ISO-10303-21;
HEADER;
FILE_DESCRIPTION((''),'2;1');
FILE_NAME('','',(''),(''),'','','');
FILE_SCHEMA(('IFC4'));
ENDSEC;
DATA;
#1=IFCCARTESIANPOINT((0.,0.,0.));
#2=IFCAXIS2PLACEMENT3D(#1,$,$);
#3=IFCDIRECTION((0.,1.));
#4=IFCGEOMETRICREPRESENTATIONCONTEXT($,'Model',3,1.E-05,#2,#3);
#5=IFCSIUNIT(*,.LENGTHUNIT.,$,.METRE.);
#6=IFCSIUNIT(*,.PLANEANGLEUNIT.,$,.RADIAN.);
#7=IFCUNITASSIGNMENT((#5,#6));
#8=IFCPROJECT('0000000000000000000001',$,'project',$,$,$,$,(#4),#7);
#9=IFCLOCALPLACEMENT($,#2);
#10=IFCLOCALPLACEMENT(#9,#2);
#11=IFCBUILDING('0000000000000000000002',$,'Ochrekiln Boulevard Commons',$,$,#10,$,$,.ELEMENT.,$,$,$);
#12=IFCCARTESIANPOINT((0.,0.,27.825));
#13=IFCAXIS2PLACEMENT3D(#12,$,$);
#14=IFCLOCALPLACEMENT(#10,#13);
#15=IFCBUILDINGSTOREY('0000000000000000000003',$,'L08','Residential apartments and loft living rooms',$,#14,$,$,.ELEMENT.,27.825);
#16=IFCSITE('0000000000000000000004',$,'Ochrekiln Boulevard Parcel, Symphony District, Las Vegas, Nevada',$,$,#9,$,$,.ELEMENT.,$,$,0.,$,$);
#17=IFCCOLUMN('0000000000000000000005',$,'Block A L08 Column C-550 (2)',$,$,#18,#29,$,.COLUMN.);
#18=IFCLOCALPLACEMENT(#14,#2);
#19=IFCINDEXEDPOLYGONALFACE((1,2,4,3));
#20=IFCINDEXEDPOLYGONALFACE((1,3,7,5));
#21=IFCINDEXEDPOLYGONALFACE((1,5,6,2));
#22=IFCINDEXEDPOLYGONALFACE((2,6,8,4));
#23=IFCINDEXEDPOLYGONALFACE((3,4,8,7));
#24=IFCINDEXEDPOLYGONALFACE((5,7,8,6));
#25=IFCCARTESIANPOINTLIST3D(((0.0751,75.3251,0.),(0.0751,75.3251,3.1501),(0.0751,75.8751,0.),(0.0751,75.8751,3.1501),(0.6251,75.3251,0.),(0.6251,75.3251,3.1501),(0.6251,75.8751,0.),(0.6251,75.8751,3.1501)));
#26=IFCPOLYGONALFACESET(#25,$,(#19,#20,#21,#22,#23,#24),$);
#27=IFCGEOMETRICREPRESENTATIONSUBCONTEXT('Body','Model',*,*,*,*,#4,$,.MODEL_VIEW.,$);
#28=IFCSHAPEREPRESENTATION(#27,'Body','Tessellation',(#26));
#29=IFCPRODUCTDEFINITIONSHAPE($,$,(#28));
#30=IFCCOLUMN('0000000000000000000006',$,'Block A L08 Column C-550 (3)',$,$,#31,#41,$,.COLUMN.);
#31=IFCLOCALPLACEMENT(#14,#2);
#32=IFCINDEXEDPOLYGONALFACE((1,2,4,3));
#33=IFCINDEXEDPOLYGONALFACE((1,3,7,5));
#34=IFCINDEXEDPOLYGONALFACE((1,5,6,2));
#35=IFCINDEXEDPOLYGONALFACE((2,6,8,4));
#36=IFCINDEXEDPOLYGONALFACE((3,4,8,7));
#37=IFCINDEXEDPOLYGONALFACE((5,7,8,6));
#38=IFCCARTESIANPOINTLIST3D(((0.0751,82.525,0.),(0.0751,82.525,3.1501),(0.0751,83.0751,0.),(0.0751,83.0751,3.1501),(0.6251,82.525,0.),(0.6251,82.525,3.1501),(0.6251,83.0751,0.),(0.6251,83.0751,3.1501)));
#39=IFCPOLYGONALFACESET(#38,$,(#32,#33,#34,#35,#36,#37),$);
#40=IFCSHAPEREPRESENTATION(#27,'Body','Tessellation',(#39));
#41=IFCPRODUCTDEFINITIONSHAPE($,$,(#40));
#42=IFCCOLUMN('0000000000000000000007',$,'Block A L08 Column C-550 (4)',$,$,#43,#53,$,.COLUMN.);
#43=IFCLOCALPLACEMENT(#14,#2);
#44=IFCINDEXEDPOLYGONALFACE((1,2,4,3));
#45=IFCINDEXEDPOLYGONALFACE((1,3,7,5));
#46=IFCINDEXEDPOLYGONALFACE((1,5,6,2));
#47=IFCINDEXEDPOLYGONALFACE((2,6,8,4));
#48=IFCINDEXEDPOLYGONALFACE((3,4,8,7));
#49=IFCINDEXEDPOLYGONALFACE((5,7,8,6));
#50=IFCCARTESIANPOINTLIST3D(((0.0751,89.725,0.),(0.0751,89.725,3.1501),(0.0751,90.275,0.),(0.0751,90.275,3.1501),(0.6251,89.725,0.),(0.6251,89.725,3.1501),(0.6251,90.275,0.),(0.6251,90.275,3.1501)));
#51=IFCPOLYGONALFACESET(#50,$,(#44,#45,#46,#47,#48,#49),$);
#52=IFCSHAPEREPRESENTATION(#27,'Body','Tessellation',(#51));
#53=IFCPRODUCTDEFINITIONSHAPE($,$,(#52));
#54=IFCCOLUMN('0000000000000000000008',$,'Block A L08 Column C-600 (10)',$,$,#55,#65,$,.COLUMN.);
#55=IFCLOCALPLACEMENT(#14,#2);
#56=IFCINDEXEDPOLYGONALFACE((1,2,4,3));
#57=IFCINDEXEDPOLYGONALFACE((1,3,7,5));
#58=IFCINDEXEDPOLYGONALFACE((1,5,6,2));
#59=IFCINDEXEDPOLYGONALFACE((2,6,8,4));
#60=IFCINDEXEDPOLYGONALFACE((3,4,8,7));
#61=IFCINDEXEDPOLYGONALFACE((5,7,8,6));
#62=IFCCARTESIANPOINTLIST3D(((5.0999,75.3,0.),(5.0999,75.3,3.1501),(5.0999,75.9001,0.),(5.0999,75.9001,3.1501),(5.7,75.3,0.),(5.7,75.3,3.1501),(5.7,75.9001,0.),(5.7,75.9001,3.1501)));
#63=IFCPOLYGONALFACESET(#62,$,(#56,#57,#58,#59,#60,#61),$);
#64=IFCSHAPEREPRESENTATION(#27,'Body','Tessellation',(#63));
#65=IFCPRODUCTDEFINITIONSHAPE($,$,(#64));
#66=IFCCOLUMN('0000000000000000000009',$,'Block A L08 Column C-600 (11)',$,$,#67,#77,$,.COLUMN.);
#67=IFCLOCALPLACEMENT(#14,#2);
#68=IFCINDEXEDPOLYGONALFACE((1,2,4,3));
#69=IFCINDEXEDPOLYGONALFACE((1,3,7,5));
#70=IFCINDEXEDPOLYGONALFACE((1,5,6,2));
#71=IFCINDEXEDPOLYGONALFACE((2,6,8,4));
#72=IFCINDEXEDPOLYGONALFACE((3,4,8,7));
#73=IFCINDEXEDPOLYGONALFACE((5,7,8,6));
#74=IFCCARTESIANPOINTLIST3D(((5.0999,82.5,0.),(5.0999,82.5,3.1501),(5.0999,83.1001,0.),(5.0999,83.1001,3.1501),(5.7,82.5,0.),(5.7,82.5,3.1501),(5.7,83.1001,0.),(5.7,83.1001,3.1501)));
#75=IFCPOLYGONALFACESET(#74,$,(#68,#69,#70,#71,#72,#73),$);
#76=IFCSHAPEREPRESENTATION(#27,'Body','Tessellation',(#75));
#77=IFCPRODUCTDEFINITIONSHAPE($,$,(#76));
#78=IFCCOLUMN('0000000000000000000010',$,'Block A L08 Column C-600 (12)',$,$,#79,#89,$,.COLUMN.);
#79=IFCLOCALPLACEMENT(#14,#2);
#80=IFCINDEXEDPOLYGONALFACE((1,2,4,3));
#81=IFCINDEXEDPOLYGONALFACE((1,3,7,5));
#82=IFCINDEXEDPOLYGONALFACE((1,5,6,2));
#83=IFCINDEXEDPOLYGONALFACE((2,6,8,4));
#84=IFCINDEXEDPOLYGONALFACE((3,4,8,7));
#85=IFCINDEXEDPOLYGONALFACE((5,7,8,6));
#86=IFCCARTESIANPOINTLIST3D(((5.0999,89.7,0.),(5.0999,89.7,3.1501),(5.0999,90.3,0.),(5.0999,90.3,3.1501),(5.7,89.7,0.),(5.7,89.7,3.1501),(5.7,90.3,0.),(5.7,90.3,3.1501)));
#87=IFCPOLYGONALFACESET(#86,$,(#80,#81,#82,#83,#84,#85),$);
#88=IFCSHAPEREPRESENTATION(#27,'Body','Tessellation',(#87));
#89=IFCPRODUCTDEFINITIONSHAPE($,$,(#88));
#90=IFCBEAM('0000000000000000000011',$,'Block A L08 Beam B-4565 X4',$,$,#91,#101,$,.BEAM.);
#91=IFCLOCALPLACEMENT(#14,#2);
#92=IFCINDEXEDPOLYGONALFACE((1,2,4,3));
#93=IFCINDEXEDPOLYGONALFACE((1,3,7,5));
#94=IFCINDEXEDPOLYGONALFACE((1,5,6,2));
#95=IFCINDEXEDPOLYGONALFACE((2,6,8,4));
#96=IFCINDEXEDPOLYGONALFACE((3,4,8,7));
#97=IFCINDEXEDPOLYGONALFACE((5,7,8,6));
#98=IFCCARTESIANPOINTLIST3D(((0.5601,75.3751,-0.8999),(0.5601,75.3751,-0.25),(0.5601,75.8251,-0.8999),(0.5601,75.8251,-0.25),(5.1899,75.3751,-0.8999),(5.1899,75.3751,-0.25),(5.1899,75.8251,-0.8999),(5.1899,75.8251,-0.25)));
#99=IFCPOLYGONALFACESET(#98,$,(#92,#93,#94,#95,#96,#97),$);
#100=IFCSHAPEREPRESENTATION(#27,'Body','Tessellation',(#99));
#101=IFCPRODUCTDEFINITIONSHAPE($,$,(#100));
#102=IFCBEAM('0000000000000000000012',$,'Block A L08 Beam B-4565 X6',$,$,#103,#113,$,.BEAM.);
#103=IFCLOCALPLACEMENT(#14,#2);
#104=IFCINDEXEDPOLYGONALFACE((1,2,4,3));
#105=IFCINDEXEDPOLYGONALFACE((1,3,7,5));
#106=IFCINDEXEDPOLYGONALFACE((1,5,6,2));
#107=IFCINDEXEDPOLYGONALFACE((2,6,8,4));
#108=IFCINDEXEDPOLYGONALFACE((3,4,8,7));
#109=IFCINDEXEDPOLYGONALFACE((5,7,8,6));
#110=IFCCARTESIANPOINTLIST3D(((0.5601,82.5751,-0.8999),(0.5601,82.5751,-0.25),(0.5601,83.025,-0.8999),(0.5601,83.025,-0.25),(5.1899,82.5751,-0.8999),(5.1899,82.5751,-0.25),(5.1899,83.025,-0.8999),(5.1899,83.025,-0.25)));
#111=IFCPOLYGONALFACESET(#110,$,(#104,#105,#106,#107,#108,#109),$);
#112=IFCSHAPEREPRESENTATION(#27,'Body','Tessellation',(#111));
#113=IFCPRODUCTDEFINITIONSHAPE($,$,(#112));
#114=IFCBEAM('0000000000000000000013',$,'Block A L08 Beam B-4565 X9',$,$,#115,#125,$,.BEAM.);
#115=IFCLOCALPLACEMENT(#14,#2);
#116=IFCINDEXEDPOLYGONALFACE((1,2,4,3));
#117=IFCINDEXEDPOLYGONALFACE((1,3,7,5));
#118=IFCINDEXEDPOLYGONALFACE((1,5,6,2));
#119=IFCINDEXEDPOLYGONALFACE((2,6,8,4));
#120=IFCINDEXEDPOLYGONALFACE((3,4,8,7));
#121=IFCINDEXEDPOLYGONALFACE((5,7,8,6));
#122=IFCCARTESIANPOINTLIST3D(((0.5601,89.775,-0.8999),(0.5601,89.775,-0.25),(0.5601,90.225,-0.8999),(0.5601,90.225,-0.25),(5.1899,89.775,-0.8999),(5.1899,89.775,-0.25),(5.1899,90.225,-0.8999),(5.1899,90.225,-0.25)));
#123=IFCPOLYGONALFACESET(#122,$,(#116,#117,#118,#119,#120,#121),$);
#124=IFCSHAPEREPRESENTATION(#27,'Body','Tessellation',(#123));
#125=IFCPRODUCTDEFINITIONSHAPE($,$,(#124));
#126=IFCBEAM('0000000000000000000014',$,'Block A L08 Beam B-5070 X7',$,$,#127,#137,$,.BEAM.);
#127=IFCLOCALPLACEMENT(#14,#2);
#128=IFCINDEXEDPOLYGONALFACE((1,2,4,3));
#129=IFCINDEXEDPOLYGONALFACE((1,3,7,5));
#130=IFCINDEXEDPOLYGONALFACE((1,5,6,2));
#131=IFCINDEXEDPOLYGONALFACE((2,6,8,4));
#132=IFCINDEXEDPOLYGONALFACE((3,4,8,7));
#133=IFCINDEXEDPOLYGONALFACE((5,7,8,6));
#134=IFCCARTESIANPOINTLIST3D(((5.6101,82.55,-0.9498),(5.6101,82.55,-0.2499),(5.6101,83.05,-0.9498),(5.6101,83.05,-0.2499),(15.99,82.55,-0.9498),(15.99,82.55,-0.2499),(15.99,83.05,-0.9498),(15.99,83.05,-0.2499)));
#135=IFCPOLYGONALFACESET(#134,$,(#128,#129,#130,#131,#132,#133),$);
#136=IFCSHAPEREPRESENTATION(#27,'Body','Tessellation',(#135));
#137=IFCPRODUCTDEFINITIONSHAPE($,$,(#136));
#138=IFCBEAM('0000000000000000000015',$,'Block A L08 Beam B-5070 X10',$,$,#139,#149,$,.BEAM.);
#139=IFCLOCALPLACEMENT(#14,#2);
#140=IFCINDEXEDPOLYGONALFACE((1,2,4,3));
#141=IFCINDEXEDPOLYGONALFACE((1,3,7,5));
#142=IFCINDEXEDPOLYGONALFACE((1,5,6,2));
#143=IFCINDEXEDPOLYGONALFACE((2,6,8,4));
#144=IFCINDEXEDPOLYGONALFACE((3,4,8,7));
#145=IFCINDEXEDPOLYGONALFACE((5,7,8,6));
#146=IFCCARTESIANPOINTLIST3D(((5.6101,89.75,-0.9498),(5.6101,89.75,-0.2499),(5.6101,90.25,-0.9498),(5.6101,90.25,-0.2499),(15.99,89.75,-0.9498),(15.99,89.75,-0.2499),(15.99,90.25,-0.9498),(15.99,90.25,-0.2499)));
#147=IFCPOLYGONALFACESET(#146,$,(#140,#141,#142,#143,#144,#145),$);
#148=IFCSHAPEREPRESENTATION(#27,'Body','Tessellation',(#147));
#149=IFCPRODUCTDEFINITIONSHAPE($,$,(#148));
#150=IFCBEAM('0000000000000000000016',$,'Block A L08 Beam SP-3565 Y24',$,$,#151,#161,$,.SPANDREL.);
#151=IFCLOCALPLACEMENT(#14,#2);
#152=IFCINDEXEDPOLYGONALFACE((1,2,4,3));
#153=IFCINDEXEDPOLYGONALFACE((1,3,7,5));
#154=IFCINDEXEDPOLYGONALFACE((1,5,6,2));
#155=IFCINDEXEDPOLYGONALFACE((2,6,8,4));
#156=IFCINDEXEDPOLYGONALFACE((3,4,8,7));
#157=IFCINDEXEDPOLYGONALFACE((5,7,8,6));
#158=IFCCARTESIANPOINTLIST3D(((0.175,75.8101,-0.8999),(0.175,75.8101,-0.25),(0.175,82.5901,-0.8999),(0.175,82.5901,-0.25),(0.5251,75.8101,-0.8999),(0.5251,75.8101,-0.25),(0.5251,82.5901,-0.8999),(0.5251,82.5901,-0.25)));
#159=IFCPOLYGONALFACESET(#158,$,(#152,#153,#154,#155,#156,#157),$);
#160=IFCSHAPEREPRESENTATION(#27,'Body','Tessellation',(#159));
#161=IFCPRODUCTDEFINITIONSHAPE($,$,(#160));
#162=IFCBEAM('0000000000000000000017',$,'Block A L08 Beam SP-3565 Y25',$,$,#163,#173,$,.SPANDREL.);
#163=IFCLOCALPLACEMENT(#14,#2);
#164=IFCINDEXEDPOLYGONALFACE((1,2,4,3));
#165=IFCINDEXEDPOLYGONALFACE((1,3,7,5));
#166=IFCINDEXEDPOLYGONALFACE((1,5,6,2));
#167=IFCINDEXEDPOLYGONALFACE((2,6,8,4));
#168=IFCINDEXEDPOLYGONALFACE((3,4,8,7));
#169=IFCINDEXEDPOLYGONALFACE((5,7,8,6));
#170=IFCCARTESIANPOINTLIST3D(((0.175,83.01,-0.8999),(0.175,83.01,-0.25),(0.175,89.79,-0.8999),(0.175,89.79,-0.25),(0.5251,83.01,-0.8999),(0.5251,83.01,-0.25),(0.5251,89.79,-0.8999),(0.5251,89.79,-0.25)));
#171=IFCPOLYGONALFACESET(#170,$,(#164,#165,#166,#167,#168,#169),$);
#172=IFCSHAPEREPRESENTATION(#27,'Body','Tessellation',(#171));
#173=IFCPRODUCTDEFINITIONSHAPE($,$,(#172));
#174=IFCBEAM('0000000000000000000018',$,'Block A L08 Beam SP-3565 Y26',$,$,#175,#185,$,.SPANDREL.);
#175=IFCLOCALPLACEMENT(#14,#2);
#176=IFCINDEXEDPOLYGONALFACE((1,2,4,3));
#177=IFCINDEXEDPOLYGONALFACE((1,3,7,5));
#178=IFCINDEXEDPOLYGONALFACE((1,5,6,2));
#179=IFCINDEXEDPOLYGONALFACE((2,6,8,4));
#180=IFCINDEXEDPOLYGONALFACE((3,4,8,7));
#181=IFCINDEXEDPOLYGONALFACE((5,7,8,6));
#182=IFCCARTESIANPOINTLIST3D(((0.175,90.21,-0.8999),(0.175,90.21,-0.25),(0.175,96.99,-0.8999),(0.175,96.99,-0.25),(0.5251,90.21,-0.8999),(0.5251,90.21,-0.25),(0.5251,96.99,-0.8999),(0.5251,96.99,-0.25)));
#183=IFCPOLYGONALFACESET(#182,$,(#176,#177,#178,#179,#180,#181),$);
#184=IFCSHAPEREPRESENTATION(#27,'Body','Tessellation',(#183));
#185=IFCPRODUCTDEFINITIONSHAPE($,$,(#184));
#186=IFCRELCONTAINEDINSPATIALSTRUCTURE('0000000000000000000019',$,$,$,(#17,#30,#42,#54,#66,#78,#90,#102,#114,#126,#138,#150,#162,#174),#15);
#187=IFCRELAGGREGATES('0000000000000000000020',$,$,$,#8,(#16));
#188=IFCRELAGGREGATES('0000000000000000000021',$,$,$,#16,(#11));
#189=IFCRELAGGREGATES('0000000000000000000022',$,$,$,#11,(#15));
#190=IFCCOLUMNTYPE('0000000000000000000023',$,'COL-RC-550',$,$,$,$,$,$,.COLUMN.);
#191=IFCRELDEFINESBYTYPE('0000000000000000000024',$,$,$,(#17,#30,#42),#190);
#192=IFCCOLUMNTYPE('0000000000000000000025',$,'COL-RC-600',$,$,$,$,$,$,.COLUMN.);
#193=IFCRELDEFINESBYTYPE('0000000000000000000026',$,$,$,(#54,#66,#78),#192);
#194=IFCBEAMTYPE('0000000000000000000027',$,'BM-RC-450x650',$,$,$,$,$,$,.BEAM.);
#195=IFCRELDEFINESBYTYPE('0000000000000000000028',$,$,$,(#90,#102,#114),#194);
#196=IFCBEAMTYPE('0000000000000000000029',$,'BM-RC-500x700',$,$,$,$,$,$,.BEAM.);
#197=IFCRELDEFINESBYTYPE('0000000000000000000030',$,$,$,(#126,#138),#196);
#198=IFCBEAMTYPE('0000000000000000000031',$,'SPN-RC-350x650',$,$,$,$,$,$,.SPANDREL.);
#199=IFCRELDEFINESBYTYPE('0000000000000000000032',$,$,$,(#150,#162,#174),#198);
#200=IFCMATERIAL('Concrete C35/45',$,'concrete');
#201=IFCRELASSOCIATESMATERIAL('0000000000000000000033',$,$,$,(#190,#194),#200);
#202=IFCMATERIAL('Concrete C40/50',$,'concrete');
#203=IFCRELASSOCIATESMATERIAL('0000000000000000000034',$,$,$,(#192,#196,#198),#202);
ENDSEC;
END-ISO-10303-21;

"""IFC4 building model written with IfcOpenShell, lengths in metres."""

from ifc_helpers import new_model, si_unit, direction, frame, origin, origin_2d, place, context, subcontext, project, spatial, rectangle, extrude, material, material_profile, profile_set, type_object, element, save


model = new_model("IFC4")

# Units and contexts
model_context = context("Model", 3, precision=1e-05, world=origin(), true_north=direction((0.0, 1.0)))
body_context = subcontext(model_context, "Body", "Model", "MODEL_VIEW")
ifc_project = project(units=[si_unit("LENGTHUNIT", "METRE"), si_unit("PLANEANGLEUNIT", "RADIAN")], contexts=[model_context])

# Site, building, storey
site_placement = place(None, origin())
site = spatial("IfcSite", under=ifc_project, at=site_placement, Name="Ochrekiln Boulevard Parcel, Symphony District, Las Vegas, Nevada", CompositionType="ELEMENT", RefElevation=0.0)
building_placement = place(site_placement, origin())
building = spatial("IfcBuilding", under=site, at=building_placement, Name="Ochrekiln Boulevard Commons", CompositionType="ELEMENT")
storey_placement = place(building_placement, frame((0.0, 0.0, 27.825)))
storey = spatial("IfcBuildingStorey", under=building, at=storey_placement, Name="L08", Description="Residential apartments and loft living rooms", CompositionType="ELEMENT", Elevation=27.825)

# Columns
ifc_material_1 = material(Name="Concrete C35/45", Category="concrete")
ifc_material_profile_1 = material_profile(ifc_material_1, rectangle(XDim=0.55, YDim=0.55, at=origin_2d()), Name="RC-COL-550x550")
ifc_profile_set_1 = profile_set([ifc_material_profile_1], Name="Concrete C35/45")
column_type_1 = type_object("IfcColumnType", Name="COL-RC-550", PredefinedType="COLUMN", material=ifc_profile_set_1)
for number, where, z_axis, x_axis, name in (
    (1, (0.3501, 75.6001, 0.0), (0.0, 0.0, 1.0), (1.0, 0.0, 0.0), "Block A L08 Column C-550 (2)"),
    (2, (0.3501, 82.8, 0.0), (0.0, 0.0, 1.0), (1.0, 0.0, 0.0), "Block A L08 Column C-550 (3)"),
    (3, (0.3501, 90.0, 0.0), (0.0, 0.0, 1.0), (1.0, 0.0, 0.0), "Block A L08 Column C-550 (4)"),
):
    element("IfcColumn", number, at=place(storey_placement, frame(where, z_axis=z_axis, x_axis=x_axis)), inside=storey, type_object=column_type_1, Name=name, PredefinedType="COLUMN", context=body_context, shape_type="SweptSolid", body=[
        extrude(rectangle(XDim=0.55, YDim=0.55, at=origin_2d()), origin(), (0.0, 0.0, 1.0), 3.1501),
    ])
ifc_material_2 = material(Name="Concrete C40/50", Category="concrete")
ifc_material_profile_2 = material_profile(ifc_material_2, rectangle(XDim=0.6001, YDim=0.6001, at=origin_2d()), Name="RC-COL-600x600")
ifc_profile_set_2 = profile_set([ifc_material_profile_2], Name="Concrete C40/50")
column_type_2 = type_object("IfcColumnType", Name="COL-RC-600", PredefinedType="COLUMN", material=ifc_profile_set_2)
for number, where, z_axis, x_axis, name in (
    (4, (5.3999, 75.6001, 0.0), (0.0, 0.0, 1.0), (1.0, 0.0, 0.0), "Block A L08 Column C-600 (10)"),
    (5, (5.3999, 82.8, 0.0), (0.0, 0.0, 1.0), (1.0, 0.0, 0.0), "Block A L08 Column C-600 (11)"),
    (6, (5.3999, 90.0, 0.0), (0.0, 0.0, 1.0), (1.0, 0.0, 0.0), "Block A L08 Column C-600 (12)"),
):
    element("IfcColumn", number, at=place(storey_placement, frame(where, z_axis=z_axis, x_axis=x_axis)), inside=storey, type_object=column_type_2, Name=name, PredefinedType="COLUMN", context=body_context, shape_type="SweptSolid", body=[
        extrude(rectangle(XDim=0.6001, YDim=0.6001, at=origin_2d()), origin(), (0.0, 0.0, 1.0), 3.1501),
    ])

# Beams
ifc_material_profile_3 = material_profile(ifc_material_1, rectangle(XDim=0.45, YDim=0.6499, at=origin_2d()), Name="RC-BM-450x650")
ifc_profile_set_3 = profile_set([ifc_material_profile_3], Name="Concrete C35/45")
beam_type_1 = type_object("IfcBeamType", Name="BM-RC-450x650", PredefinedType="BEAM", material=ifc_profile_set_3)
for number, where, z_axis, x_axis, name in (
    (7, (0.5601, 75.6001, -0.575), (1.0, 0.0, 0.0), (0.0, 1.0, 0.0), "Block A L08 Beam B-4565 X4"),
    (8, (0.5601, 82.8, -0.575), (1.0, 0.0, 0.0), (0.0, 1.0, 0.0), "Block A L08 Beam B-4565 X6"),
    (9, (0.5601, 90.0, -0.575), (1.0, 0.0, 0.0), (0.0, 1.0, 0.0), "Block A L08 Beam B-4565 X9"),
):
    element("IfcBeam", number, at=place(storey_placement, frame(where, z_axis=z_axis, x_axis=x_axis)), inside=storey, type_object=beam_type_1, Name=name, PredefinedType="BEAM", context=body_context, shape_type="SweptSolid", body=[
        extrude(rectangle(XDim=0.45, YDim=0.6499, at=origin_2d()), origin(), (0.0, 0.0, 1.0), 4.6299),
    ])
ifc_material_profile_4 = material_profile(ifc_material_2, rectangle(XDim=0.5, YDim=0.7, at=origin_2d()), Name="RC-BM-500x700")
ifc_profile_set_4 = profile_set([ifc_material_profile_4], Name="Concrete C40/50")
beam_type_2 = type_object("IfcBeamType", Name="BM-RC-500x700", PredefinedType="BEAM", material=ifc_profile_set_4)
for number, where, z_axis, x_axis, name in (
    (10, (5.6101, 82.8, -0.5999), (1.0, 0.0, 0.0), (0.0, 1.0, 0.0), "Block A L08 Beam B-5070 X7"),
    (11, (5.6101, 90.0, -0.5999), (1.0, 0.0, 0.0), (0.0, 1.0, 0.0), "Block A L08 Beam B-5070 X10"),
):
    element("IfcBeam", number, at=place(storey_placement, frame(where, z_axis=z_axis, x_axis=x_axis)), inside=storey, type_object=beam_type_2, Name=name, PredefinedType="BEAM", context=body_context, shape_type="SweptSolid", body=[
        extrude(rectangle(XDim=0.5, YDim=0.7, at=origin_2d()), origin(), (0.0, 0.0, 1.0), 10.3799),
    ])
ifc_material_profile_5 = material_profile(ifc_material_2, rectangle(XDim=0.3501, YDim=0.6499, at=origin_2d()), Name="RC-SPN-350x650")
ifc_profile_set_5 = profile_set([ifc_material_profile_5], Name="Concrete C40/50")
beam_type_3 = type_object("IfcBeamType", Name="SPN-RC-350x650", PredefinedType="SPANDREL", material=ifc_profile_set_5)
for number, where, z_axis, x_axis, name in (
    (12, (0.3501, 75.8101, -0.575), (0.0, 1.0, 0.0), (-1.0, 0.0, 0.0), "Block A L08 Beam SP-3565 Y24"),
    (13, (0.3501, 83.01, -0.575), (0.0, 1.0, 0.0), (-1.0, 0.0, 0.0), "Block A L08 Beam SP-3565 Y25"),
    (14, (0.3501, 90.21, -0.575), (0.0, 1.0, 0.0), (-1.0, 0.0, 0.0), "Block A L08 Beam SP-3565 Y26"),
):
    element("IfcBeam", number, at=place(storey_placement, frame(where, z_axis=z_axis, x_axis=x_axis)), inside=storey, type_object=beam_type_3, Name=name, PredefinedType="SPANDREL", context=body_context, shape_type="SweptSolid", body=[
        extrude(rectangle(XDim=0.3501, YDim=0.6499, at=origin_2d()), origin(), (0.0, 0.0, 1.0), 6.78),
    ])

save(model, "model.ifc")
